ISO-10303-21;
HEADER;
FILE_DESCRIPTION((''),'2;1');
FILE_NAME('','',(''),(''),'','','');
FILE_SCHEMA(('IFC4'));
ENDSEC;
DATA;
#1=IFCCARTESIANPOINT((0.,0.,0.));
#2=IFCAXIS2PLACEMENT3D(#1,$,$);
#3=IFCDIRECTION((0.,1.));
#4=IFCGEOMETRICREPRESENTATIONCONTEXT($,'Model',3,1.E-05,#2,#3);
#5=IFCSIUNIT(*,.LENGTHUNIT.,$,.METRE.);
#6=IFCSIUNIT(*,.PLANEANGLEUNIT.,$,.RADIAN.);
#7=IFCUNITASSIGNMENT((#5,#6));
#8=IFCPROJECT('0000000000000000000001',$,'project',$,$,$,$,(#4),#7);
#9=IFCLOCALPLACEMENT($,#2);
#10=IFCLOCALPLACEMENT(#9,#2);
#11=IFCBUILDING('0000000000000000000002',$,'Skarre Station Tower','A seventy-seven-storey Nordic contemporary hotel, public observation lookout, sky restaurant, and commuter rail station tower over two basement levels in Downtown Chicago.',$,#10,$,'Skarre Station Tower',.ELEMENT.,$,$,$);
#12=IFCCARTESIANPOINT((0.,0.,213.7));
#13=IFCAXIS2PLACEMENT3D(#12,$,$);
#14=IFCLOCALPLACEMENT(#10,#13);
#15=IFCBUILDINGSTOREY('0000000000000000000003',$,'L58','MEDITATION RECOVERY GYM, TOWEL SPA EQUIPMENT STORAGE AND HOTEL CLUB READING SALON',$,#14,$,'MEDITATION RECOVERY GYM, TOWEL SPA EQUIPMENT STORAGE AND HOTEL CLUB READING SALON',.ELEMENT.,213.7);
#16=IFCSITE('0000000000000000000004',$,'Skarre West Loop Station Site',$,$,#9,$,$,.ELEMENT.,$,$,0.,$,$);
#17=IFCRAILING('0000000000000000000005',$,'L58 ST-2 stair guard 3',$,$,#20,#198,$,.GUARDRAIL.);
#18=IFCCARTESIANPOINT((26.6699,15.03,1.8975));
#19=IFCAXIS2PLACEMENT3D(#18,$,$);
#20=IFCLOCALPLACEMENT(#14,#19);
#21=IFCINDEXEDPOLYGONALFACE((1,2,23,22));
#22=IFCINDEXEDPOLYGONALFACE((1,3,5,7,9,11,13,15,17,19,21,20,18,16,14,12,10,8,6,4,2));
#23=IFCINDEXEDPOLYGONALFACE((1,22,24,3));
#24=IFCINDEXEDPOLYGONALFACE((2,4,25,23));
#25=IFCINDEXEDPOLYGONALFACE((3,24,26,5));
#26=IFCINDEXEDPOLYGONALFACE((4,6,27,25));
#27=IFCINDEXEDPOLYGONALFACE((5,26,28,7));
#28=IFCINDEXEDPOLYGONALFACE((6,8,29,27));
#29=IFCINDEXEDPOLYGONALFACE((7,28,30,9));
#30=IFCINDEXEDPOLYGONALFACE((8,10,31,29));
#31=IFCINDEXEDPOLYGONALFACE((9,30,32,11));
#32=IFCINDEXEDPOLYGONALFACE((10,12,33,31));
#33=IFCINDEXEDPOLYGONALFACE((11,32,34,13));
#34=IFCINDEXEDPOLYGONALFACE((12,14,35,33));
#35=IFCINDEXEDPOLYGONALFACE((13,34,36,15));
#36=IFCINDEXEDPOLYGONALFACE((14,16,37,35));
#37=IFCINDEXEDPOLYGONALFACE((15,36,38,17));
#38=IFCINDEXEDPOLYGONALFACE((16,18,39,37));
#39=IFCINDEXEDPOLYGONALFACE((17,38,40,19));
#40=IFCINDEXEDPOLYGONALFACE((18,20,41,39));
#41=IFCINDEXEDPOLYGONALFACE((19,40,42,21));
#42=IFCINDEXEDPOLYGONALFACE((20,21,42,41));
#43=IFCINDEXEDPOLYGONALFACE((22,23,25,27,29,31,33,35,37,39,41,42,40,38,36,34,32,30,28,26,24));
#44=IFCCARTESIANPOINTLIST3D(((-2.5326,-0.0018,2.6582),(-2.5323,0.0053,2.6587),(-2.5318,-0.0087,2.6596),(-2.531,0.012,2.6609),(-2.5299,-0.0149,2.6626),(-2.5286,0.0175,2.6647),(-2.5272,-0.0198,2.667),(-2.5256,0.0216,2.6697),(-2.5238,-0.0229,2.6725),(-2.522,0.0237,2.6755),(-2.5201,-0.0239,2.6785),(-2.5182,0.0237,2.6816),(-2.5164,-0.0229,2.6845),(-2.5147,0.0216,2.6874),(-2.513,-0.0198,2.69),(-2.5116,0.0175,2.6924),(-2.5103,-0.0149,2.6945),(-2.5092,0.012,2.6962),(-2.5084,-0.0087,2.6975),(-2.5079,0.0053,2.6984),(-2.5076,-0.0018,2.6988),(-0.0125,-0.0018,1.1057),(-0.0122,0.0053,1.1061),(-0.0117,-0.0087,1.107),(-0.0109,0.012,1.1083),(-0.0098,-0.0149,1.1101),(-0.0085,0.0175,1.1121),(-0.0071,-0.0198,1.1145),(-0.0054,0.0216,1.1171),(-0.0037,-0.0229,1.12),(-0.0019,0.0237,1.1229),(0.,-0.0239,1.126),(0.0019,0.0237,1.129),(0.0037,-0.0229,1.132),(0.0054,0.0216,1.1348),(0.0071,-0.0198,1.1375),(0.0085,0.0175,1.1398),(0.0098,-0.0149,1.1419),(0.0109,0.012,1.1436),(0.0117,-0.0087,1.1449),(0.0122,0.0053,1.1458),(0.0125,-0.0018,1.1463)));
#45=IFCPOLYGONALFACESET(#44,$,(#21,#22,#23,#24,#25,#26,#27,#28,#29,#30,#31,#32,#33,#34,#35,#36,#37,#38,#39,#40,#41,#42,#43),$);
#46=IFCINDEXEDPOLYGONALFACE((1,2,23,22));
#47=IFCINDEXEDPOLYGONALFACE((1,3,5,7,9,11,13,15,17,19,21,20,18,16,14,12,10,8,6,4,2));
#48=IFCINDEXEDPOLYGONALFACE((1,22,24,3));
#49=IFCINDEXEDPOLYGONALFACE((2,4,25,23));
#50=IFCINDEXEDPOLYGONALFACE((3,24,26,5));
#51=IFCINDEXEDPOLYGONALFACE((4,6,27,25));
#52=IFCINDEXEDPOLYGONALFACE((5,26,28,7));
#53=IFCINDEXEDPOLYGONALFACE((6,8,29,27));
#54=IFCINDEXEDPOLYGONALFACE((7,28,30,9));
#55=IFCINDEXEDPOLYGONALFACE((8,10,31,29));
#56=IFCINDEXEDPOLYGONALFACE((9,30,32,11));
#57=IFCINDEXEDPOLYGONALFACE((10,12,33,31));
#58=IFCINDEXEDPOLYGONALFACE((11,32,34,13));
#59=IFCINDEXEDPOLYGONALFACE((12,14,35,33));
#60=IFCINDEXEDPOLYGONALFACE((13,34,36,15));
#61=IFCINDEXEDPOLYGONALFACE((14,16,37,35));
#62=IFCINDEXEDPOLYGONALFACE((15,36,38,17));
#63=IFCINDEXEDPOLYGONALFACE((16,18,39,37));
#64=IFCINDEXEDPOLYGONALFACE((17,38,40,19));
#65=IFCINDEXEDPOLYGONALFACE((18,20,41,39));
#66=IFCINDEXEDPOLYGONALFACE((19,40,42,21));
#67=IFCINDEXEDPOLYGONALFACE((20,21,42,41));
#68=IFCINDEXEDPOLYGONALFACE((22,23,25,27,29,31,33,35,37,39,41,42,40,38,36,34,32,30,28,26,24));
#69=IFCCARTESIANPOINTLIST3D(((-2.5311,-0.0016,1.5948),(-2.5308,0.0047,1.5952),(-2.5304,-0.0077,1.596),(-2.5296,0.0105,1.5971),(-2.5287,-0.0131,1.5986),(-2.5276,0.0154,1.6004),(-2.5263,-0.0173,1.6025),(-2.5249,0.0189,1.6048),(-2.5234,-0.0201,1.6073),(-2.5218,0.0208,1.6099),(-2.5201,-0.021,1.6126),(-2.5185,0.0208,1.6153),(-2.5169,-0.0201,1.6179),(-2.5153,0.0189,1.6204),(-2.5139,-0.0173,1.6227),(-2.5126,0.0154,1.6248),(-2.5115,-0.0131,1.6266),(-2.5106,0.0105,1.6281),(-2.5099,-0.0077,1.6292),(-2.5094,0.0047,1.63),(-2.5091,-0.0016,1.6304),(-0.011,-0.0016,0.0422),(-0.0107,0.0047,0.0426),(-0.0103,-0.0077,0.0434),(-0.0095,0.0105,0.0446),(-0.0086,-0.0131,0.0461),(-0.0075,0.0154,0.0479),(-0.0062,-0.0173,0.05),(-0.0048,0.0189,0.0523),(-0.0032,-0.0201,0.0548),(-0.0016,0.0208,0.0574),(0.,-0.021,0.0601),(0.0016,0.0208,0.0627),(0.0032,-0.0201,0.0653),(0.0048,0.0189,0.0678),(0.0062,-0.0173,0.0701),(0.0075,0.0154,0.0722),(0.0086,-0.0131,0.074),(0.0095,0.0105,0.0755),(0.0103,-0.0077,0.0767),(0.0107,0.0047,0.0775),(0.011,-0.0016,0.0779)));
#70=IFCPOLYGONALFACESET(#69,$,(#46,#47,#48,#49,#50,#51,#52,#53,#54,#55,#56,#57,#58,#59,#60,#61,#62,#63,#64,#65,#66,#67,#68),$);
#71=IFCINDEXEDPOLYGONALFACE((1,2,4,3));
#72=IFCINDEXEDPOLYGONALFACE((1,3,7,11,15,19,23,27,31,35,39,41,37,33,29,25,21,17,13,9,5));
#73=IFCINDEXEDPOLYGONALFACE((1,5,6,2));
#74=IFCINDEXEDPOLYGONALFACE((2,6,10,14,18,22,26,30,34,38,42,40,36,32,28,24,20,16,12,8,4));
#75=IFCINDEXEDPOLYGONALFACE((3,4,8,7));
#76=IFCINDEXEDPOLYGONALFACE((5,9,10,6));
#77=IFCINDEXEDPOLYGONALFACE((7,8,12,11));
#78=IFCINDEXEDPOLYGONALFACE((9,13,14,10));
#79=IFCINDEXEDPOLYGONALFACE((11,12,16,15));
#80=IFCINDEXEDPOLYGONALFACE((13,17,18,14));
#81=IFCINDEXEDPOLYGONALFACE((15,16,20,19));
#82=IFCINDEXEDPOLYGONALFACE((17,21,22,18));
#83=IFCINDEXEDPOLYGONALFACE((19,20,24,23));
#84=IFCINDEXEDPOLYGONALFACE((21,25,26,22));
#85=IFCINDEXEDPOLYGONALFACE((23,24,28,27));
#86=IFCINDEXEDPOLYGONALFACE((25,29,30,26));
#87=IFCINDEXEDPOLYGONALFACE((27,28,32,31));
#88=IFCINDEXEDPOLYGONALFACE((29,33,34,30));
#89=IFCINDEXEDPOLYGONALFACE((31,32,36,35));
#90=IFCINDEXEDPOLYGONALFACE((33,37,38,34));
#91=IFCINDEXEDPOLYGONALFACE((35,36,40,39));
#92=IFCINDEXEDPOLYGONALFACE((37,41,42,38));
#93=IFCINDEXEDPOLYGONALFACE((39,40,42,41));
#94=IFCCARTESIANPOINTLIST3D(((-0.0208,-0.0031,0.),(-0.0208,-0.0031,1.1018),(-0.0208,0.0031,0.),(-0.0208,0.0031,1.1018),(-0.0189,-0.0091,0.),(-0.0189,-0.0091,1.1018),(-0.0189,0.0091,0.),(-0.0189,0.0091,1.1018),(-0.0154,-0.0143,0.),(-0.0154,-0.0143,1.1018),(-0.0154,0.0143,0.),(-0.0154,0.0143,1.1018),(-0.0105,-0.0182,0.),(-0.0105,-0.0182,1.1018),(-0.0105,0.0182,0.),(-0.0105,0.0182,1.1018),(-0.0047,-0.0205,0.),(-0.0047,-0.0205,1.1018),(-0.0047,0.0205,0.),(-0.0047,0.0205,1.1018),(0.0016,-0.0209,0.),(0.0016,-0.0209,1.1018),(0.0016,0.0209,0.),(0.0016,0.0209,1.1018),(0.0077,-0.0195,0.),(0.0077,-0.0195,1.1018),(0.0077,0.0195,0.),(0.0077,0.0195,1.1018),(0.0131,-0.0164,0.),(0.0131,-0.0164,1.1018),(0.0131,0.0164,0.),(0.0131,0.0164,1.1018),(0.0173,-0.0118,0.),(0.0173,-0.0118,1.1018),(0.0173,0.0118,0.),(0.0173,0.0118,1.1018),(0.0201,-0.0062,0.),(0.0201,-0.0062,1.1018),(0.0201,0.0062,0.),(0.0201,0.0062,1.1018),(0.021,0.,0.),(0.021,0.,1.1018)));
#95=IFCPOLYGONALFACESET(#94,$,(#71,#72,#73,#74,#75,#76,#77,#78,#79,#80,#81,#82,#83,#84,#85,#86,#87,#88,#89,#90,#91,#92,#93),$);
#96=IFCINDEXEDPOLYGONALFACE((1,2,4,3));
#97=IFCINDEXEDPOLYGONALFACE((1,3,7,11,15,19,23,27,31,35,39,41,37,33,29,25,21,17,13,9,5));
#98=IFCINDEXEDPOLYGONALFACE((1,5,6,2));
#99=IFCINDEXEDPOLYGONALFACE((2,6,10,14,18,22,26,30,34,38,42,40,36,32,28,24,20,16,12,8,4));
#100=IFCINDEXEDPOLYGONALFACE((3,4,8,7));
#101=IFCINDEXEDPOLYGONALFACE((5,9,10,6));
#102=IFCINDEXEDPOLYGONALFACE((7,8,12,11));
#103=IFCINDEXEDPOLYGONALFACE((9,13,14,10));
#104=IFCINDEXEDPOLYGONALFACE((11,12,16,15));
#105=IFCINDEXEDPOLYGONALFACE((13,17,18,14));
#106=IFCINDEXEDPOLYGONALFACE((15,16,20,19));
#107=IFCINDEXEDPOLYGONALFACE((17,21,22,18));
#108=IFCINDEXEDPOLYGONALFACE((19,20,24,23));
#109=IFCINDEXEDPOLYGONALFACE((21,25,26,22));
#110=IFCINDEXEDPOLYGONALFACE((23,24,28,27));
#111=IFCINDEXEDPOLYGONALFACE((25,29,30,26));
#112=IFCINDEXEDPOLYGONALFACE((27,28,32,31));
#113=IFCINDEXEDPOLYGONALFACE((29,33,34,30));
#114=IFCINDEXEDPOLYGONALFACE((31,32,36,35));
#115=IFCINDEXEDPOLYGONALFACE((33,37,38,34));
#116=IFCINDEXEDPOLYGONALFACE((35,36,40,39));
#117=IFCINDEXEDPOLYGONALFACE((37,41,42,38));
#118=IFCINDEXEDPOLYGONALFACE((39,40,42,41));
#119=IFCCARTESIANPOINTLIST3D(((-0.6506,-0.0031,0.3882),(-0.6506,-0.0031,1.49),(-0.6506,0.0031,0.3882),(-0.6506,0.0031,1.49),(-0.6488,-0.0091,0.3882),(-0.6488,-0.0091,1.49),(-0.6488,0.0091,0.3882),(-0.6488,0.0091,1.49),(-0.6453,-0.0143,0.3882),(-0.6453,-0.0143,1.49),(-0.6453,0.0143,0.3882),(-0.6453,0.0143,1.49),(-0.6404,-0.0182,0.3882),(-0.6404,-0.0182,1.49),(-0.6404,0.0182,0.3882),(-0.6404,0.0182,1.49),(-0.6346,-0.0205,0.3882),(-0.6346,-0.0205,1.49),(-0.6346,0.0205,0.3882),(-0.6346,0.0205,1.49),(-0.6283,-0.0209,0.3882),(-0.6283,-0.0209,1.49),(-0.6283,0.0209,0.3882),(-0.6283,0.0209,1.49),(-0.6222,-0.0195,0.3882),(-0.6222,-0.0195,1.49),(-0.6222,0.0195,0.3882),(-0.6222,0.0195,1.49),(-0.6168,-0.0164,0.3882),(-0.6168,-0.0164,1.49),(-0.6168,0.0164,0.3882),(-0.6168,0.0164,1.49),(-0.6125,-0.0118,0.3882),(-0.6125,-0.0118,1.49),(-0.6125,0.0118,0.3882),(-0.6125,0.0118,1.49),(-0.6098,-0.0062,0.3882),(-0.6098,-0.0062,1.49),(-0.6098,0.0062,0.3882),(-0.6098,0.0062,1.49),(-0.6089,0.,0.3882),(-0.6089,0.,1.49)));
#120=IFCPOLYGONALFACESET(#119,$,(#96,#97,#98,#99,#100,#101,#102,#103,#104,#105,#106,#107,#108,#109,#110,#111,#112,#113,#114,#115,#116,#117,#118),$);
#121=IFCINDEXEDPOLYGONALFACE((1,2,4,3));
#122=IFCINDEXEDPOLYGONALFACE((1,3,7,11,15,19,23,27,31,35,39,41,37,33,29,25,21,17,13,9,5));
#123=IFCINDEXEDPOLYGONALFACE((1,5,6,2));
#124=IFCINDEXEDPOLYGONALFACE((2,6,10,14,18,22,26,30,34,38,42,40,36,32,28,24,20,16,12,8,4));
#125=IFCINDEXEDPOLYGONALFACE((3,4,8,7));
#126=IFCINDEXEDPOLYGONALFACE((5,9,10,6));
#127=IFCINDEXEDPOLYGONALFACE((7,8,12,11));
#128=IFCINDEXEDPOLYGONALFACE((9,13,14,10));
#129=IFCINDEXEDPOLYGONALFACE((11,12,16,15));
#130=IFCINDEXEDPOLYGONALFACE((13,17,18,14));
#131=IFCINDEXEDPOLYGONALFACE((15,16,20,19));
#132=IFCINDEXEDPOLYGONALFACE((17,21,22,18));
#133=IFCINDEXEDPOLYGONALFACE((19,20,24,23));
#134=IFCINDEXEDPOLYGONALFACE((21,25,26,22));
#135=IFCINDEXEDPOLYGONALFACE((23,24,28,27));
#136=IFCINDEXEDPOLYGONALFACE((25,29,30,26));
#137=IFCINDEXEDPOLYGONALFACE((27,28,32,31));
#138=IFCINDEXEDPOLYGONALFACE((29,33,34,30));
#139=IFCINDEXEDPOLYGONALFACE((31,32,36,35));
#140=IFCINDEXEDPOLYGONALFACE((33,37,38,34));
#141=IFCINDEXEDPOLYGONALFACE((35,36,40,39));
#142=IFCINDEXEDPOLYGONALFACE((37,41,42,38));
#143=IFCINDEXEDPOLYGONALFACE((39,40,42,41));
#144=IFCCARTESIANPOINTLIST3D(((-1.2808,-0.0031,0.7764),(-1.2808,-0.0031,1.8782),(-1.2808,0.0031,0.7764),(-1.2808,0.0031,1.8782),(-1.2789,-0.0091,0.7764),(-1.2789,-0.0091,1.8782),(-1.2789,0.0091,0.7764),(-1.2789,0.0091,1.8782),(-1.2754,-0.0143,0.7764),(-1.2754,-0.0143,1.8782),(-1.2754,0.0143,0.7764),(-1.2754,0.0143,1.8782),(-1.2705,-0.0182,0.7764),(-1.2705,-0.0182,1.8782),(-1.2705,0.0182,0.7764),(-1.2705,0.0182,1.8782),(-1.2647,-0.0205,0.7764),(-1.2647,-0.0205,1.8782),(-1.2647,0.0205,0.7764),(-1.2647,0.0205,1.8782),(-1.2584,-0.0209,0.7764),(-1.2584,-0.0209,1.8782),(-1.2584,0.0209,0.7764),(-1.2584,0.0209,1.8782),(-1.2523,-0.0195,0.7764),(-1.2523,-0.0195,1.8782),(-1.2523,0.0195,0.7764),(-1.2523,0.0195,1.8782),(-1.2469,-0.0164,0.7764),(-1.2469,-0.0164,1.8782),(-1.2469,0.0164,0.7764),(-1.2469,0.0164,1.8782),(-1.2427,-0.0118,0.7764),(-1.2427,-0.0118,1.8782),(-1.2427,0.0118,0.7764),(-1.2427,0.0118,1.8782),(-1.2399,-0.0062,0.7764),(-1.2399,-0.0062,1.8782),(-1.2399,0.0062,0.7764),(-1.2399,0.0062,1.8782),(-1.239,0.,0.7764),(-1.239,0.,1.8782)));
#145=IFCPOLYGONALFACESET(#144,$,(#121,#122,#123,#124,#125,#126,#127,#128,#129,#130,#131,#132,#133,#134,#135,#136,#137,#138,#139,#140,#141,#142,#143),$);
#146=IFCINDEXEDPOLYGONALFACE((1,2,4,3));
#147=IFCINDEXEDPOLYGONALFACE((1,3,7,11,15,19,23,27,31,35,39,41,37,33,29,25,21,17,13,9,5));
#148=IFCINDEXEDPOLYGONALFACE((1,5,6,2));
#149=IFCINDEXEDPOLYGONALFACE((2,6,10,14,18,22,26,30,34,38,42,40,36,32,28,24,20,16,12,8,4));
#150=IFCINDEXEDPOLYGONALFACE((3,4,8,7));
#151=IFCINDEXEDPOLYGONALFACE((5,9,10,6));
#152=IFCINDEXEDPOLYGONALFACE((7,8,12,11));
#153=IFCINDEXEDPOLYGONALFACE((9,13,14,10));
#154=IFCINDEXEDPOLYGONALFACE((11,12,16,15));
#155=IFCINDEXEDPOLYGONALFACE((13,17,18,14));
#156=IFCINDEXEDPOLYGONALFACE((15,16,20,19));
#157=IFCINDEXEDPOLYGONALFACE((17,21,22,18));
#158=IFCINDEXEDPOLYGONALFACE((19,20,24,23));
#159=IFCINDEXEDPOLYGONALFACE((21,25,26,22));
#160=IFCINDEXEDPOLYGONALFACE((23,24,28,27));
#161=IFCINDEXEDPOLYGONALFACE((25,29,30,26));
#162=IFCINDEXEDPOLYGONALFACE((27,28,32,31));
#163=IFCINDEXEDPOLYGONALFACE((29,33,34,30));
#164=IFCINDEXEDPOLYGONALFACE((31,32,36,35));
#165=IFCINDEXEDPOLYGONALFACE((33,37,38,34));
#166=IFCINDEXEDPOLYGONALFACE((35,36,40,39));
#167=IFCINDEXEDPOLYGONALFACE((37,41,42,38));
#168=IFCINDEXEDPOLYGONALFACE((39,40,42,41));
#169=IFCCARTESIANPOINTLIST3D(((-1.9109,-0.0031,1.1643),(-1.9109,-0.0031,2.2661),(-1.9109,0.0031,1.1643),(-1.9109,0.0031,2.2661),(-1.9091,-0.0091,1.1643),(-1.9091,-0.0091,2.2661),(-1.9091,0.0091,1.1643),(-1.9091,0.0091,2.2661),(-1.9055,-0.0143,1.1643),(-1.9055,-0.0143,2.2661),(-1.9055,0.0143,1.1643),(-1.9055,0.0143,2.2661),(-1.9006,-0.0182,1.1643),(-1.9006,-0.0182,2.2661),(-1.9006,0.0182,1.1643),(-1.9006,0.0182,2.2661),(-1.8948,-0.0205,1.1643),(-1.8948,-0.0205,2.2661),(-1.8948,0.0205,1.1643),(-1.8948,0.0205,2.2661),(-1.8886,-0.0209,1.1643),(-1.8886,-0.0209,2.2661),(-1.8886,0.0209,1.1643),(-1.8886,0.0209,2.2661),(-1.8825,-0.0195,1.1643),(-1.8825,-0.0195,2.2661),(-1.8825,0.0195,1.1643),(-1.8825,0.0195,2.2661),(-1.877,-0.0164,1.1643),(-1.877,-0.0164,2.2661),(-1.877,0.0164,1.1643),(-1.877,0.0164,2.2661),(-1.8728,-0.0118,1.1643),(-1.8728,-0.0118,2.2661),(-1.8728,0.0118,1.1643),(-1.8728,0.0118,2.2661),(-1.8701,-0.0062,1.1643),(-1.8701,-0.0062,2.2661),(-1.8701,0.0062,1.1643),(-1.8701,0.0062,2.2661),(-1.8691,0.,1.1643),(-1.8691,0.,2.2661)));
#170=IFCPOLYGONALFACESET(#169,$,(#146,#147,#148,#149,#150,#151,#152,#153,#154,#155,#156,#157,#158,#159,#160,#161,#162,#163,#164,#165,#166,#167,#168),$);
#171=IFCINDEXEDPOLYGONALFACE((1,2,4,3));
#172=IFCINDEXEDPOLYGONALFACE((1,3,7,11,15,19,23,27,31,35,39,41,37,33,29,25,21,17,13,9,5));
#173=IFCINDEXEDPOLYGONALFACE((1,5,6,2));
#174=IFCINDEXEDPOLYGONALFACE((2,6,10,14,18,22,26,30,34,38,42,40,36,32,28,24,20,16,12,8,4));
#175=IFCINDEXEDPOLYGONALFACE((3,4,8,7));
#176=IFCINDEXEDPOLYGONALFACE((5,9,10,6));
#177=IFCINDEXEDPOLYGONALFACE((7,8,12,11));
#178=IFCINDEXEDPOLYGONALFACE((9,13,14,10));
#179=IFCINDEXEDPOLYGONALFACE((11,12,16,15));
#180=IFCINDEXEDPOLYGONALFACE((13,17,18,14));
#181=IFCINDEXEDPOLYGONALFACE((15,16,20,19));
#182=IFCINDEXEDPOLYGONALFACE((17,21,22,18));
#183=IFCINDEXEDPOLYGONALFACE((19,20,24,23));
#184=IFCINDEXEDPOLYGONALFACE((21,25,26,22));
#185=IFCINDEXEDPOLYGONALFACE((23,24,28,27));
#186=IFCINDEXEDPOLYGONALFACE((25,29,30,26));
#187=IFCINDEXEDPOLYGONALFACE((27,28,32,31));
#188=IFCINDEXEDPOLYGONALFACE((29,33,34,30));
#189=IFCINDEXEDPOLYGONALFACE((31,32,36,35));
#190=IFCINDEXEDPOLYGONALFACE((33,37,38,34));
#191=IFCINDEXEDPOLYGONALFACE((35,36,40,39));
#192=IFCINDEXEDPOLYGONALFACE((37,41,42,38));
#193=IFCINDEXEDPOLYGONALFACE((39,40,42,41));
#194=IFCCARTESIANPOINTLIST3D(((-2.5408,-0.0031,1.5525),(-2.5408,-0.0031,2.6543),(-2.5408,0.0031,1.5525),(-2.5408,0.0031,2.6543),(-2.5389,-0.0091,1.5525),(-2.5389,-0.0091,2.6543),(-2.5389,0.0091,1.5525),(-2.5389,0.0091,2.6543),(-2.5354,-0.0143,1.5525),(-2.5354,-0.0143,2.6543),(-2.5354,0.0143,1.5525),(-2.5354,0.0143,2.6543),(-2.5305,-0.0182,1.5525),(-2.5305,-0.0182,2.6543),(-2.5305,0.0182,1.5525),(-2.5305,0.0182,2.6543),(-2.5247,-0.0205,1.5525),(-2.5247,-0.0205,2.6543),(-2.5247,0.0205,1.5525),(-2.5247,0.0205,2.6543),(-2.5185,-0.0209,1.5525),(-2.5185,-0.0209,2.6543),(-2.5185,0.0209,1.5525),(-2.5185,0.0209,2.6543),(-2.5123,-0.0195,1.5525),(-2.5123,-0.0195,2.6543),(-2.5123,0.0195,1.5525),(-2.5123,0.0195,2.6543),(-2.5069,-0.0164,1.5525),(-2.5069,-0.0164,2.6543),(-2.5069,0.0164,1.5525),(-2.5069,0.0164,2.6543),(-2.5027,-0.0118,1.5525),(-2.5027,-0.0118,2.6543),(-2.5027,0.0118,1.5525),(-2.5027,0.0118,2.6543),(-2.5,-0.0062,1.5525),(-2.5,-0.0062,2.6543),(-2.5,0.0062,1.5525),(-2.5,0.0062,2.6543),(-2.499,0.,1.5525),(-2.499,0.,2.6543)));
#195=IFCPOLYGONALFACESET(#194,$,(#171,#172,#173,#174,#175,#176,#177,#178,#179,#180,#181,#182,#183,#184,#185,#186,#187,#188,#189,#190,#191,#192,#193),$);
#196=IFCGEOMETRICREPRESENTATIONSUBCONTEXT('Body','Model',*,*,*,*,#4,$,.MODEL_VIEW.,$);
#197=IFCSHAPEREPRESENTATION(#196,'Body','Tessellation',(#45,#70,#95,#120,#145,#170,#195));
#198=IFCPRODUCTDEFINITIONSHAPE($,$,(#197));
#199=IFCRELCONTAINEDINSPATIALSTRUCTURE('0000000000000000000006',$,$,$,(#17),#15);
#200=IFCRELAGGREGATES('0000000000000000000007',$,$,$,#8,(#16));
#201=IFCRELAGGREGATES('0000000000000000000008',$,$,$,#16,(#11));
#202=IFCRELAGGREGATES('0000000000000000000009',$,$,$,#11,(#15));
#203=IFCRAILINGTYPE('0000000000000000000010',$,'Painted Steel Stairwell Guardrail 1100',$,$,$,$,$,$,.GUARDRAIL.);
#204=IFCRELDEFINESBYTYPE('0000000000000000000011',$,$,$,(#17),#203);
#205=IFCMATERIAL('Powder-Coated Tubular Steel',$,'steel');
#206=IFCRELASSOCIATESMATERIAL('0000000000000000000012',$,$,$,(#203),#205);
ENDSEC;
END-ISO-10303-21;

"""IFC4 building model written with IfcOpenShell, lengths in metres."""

from ifc_helpers import new_model, si_unit, direction, frame, origin, origin_2d, place, context, subcontext, project, spatial, circle, extrude, material, type_object, element, save


model = new_model("IFC4")

# Units and contexts
model_context = context("Model", 3, precision=1e-05, world=origin(), true_north=direction((0.0, 1.0)))
body_context = subcontext(model_context, "Body", "Model", "MODEL_VIEW")
ifc_project = project(units=[si_unit("LENGTHUNIT", "METRE"), si_unit("PLANEANGLEUNIT", "RADIAN")], contexts=[model_context])

# Site, building, storey
site_placement = place(None, origin())
site = spatial("IfcSite", under=ifc_project, at=site_placement, Name="Skarre West Loop Station Site", CompositionType="ELEMENT", RefElevation=0.0)
building_placement = place(site_placement, origin())
building = spatial("IfcBuilding", under=site, at=building_placement, Name="Skarre Station Tower", Description="A seventy-seven-storey Nordic contemporary hotel, public observation lookout, sky restaurant, and commuter rail station tower over two basement levels in Downtown Chicago.", LongName="Skarre Station Tower", CompositionType="ELEMENT")
storey_placement = place(building_placement, frame((0.0, 0.0, 213.7)))
storey = spatial("IfcBuildingStorey", under=building, at=storey_placement, Name="L58", Description="MEDITATION RECOVERY GYM, TOWEL SPA EQUIPMENT STORAGE AND HOTEL CLUB READING SALON", LongName="MEDITATION RECOVERY GYM, TOWEL SPA EQUIPMENT STORAGE AND HOTEL CLUB READING SALON", CompositionType="ELEMENT", Elevation=213.7)

# Railing
ifc_material_1 = material(Name="Powder-Coated Tubular Steel", Category="steel")
railing_type_1 = type_object("IfcRailingType", Name="Painted Steel Stairwell Guardrail 1100", PredefinedType="GUARDRAIL", material=ifc_material_1)
railing_1_placement = place(storey_placement, frame((26.6699, 15.03, 1.8975)))
element("IfcRailing", 1, at=railing_1_placement, inside=storey, type_object=railing_type_1, Name="L58 ST-2 stair guard 3", PredefinedType="GUARDRAIL", context=body_context, shape_type="SweptSolid", body=[
    extrude(circle(Radius=0.0239, at=origin_2d()), frame((0.0, 0.0, 1.126), z_axis=(-0.8514, 0.0, 0.524516), x_axis=(0.0, -1.0, 0.0)), (0.0, 0.0, 1.0), 2.96),
    extrude(circle(Radius=0.021, at=origin_2d()), frame((0.0, 0.0, 0.0601), z_axis=(-0.8514, 0.0, 0.524516), x_axis=(0.0, -1.0, 0.0)), (0.0, 0.0, 1.0), 2.96),
    extrude(circle(Radius=0.021, at=origin_2d()), origin(), (0.0, 0.0, 1.0), 1.1018),
    extrude(circle(Radius=0.021, at=origin_2d()), frame((-0.6299, 0.0, 0.3882)), (0.0, 0.0, 1.0), 1.1018),
    extrude(circle(Radius=0.021, at=origin_2d()), frame((-1.26, 0.0, 0.7764)), (0.0, 0.0, 1.0), 1.1018),
    extrude(circle(Radius=0.021, at=origin_2d()), frame((-1.8901, 0.0, 1.1643)), (0.0, 0.0, 1.0), 1.1018),
    extrude(circle(Radius=0.021, at=origin_2d()), frame((-2.52, 0.0, 1.5525)), (0.0, 0.0, 1.0), 1.1018),
])

save(model, "model.ifc")
